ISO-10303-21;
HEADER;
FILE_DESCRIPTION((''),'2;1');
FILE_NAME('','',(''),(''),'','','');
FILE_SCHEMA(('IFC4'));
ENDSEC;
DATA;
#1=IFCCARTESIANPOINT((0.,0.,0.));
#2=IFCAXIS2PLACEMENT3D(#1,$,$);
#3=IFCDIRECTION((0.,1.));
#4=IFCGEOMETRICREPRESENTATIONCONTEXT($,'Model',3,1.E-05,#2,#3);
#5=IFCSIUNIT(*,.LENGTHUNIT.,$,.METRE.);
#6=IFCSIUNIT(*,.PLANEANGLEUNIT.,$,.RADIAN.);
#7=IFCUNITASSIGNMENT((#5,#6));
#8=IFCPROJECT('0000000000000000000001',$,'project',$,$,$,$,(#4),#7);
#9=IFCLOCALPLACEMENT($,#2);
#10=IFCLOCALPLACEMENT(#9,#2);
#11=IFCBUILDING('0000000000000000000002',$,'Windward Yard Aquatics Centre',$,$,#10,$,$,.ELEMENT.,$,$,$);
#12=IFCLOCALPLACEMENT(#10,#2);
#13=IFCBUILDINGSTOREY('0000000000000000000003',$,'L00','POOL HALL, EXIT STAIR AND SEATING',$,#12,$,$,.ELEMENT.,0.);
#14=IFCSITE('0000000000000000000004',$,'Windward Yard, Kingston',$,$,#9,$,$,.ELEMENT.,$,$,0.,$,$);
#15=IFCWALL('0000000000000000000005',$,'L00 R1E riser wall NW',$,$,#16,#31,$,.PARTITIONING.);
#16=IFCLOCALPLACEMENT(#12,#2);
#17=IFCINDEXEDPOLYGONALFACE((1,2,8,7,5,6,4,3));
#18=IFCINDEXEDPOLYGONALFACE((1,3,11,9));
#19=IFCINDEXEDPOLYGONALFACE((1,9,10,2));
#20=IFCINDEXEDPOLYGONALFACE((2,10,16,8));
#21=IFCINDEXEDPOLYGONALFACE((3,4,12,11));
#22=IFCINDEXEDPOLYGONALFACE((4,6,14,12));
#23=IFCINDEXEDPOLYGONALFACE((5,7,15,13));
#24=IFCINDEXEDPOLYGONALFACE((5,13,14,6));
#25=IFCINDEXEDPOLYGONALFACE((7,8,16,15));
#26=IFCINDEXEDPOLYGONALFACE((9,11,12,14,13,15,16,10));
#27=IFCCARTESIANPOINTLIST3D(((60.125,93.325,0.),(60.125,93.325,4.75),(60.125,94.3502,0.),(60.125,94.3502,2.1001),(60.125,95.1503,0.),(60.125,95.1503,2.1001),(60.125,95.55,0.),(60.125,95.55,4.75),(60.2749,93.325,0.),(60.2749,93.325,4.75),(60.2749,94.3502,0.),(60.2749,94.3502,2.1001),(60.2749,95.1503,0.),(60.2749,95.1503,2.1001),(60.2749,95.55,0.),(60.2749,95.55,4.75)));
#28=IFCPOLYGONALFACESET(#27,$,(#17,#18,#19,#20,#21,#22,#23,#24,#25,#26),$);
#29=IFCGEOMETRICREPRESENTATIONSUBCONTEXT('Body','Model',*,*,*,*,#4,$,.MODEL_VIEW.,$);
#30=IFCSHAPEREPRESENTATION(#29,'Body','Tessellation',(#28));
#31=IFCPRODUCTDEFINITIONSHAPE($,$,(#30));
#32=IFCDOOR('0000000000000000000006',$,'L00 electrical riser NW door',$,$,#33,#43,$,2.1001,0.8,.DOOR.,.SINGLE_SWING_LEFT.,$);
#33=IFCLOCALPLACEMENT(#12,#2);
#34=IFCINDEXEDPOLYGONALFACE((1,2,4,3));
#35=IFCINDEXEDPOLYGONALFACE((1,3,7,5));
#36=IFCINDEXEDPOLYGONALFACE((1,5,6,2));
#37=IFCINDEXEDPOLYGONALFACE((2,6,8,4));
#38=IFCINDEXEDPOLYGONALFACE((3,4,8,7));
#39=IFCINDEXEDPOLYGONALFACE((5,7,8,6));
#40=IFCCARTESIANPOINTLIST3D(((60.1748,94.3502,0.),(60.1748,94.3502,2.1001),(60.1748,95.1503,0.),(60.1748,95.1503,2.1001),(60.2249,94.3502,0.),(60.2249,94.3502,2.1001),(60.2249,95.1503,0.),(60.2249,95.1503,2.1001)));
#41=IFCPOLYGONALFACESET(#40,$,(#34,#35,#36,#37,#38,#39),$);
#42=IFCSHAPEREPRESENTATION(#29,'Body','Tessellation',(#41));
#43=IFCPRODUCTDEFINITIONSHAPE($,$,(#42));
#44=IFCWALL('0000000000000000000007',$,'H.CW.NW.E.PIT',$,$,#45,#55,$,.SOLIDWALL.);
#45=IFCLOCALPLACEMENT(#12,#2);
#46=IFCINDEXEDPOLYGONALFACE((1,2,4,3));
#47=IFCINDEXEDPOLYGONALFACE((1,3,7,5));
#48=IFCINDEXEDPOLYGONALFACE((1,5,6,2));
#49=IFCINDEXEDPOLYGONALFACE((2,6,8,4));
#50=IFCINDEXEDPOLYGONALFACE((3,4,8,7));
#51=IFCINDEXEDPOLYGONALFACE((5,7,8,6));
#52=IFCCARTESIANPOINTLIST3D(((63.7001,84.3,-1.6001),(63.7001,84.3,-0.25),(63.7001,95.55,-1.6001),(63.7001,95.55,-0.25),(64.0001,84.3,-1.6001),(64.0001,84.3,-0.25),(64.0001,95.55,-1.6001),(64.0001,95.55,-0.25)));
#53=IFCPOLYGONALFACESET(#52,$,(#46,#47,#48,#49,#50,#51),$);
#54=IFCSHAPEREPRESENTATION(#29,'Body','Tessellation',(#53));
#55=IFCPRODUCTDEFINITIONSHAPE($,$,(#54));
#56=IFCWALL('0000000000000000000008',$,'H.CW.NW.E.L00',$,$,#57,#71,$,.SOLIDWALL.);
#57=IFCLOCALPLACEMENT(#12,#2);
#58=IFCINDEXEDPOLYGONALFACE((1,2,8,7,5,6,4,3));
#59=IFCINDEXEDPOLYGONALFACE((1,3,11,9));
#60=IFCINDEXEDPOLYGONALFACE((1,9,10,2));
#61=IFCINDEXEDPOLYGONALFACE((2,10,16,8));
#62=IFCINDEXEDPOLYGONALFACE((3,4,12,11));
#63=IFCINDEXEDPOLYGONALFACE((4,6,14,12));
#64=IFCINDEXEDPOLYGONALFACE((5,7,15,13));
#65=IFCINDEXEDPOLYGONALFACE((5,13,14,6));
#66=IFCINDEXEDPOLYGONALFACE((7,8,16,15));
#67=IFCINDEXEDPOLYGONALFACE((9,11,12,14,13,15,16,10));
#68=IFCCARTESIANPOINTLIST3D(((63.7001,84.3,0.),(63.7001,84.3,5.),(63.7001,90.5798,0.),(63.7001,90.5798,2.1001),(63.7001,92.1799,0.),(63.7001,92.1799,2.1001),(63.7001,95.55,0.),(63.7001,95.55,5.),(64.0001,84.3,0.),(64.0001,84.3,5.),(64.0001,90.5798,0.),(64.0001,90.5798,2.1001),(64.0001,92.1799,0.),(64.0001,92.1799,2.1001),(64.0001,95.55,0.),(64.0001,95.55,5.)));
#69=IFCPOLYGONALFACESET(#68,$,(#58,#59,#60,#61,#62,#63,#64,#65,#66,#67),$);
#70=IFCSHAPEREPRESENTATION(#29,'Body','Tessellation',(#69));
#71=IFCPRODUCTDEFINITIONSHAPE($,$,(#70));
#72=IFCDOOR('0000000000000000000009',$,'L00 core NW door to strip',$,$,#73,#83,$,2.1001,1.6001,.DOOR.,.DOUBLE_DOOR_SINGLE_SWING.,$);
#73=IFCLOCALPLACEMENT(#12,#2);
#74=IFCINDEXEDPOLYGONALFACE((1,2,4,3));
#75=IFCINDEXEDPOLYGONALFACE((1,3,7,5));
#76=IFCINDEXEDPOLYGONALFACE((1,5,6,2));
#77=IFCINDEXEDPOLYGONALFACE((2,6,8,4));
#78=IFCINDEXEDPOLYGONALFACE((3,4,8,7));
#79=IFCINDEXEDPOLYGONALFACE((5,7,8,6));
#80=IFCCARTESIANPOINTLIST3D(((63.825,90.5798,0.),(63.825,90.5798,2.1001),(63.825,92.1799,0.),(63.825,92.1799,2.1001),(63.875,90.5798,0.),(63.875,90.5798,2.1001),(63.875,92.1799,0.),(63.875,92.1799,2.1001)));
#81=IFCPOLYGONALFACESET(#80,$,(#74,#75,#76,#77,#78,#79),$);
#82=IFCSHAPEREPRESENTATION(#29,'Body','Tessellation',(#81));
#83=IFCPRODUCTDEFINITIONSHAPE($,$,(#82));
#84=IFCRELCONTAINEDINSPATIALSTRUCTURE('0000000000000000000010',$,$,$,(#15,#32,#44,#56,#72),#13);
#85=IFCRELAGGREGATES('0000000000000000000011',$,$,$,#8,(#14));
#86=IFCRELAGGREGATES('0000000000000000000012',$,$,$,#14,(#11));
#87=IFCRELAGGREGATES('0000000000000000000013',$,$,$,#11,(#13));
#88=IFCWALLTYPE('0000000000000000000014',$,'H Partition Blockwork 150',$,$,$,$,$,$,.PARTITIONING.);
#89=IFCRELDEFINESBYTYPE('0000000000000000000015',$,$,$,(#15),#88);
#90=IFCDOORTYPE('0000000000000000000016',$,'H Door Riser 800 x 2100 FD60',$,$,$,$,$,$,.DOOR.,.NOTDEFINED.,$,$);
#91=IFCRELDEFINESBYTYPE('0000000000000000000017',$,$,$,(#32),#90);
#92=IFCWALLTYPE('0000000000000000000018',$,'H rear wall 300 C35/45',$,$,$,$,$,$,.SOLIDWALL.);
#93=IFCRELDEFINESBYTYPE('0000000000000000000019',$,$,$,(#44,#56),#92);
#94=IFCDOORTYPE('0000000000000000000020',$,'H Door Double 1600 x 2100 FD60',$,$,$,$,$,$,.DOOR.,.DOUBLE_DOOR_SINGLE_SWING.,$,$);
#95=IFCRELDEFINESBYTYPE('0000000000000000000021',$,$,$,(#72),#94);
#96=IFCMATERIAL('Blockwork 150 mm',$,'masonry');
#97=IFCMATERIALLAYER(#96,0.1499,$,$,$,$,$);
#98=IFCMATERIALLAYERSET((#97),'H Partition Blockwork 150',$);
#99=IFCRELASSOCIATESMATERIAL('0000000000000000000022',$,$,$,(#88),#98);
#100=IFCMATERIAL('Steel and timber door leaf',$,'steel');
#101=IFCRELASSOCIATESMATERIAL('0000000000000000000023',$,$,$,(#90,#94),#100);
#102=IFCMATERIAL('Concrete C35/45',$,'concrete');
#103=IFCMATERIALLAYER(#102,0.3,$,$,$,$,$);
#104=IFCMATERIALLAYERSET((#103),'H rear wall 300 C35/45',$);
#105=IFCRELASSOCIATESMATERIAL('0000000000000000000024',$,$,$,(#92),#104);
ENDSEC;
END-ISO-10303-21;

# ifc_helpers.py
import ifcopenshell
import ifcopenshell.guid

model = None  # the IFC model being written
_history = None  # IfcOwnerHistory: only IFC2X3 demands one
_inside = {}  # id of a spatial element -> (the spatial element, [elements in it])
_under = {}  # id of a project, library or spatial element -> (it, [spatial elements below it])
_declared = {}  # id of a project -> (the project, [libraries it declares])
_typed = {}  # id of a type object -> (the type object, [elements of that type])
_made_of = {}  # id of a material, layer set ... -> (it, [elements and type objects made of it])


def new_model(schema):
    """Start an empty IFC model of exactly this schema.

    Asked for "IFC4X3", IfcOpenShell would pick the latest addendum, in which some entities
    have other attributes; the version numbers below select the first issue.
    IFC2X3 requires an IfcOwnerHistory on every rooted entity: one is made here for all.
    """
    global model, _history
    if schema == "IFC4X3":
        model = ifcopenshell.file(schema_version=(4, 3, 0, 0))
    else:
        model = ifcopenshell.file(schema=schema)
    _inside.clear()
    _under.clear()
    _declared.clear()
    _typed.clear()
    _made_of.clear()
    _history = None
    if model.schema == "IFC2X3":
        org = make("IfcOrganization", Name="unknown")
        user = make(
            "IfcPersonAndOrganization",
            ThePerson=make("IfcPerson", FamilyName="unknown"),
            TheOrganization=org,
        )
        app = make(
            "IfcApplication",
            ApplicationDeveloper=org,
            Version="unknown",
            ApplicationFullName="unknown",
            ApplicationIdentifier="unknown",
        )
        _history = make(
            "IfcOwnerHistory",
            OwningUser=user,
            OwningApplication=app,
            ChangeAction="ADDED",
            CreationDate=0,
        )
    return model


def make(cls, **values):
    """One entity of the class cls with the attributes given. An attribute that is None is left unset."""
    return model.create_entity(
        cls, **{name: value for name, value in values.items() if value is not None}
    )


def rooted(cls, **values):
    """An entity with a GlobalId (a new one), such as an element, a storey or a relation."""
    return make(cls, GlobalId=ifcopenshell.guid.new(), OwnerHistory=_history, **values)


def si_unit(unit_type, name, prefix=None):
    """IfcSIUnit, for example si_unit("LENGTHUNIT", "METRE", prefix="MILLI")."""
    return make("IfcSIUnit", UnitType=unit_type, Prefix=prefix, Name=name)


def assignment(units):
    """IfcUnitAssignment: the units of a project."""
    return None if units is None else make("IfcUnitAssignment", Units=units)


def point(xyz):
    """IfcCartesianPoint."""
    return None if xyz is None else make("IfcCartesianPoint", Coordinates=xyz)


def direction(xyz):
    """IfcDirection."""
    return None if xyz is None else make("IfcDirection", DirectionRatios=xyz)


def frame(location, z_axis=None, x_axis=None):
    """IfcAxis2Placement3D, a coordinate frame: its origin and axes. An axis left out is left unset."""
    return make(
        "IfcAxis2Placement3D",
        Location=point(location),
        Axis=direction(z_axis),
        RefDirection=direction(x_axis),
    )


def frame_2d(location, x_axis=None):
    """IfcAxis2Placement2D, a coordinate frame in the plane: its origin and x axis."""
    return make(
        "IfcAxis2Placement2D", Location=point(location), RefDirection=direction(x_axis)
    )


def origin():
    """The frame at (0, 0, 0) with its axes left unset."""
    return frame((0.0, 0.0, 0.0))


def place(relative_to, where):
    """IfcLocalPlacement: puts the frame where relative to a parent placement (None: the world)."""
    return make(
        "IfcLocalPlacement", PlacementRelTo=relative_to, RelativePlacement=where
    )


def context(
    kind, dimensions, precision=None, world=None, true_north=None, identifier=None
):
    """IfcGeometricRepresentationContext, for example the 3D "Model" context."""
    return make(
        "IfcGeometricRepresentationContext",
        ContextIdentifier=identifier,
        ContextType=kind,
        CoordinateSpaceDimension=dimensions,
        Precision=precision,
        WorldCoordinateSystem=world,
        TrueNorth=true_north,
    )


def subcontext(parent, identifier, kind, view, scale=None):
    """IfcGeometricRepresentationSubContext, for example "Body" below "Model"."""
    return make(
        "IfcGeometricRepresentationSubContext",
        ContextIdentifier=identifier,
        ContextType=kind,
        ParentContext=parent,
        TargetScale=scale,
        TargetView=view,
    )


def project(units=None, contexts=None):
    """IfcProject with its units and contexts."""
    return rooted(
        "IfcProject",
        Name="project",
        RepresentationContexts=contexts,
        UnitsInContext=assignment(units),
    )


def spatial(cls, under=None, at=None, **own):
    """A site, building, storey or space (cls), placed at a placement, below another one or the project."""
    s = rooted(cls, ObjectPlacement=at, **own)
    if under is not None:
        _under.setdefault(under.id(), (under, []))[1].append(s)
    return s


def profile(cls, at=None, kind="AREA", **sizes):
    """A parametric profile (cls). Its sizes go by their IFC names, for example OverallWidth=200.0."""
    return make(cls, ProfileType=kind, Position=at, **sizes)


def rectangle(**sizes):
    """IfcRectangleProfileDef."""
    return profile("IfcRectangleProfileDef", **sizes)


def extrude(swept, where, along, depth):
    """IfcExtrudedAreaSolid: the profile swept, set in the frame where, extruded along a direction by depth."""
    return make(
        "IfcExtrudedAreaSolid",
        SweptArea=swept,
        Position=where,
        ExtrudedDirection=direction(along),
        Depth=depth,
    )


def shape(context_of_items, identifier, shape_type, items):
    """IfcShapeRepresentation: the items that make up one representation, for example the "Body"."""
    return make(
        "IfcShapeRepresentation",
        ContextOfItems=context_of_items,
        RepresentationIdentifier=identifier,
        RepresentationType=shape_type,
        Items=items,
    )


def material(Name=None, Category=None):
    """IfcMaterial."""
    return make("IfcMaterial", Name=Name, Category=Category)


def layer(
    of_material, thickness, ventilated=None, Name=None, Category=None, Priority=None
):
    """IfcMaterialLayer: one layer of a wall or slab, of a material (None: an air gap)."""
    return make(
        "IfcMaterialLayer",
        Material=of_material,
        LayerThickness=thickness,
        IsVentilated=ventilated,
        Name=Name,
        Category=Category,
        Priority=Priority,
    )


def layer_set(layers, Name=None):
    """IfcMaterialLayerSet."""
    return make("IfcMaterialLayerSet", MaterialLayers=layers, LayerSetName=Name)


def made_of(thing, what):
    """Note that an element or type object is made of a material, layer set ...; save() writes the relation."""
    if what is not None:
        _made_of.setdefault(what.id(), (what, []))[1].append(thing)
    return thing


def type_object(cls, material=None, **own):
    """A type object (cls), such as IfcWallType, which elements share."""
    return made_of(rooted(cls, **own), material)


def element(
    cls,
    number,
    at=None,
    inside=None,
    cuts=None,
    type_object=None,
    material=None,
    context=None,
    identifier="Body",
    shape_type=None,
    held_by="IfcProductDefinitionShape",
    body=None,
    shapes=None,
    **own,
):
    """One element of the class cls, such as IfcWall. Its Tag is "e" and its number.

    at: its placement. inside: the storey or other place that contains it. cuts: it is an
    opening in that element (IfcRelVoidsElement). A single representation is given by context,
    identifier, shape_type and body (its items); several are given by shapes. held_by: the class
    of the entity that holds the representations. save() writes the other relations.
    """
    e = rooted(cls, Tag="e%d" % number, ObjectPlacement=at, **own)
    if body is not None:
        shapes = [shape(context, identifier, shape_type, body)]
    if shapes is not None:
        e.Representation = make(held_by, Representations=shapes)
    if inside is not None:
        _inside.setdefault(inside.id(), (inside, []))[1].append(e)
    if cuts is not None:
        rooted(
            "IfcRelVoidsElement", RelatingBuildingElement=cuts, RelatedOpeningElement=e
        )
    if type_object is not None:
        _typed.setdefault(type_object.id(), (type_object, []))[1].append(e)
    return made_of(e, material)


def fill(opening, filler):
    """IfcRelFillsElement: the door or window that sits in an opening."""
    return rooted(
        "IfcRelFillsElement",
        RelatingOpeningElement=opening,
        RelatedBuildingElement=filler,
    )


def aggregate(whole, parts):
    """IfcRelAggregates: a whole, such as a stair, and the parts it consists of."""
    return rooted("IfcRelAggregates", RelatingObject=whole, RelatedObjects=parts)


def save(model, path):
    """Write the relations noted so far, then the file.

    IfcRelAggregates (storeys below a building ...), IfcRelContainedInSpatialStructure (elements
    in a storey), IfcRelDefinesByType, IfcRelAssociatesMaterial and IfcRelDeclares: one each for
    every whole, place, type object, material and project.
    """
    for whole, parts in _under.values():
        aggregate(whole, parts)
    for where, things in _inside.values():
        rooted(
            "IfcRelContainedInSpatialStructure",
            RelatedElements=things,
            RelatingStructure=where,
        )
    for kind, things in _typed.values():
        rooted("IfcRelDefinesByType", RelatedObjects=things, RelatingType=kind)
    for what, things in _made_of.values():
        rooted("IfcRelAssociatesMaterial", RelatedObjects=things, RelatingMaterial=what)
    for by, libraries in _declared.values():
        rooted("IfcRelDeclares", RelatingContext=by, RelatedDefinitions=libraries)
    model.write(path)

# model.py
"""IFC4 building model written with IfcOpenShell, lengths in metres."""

from ifc_helpers import new_model, si_unit, direction, frame, frame_2d, origin, place, context, subcontext, project, spatial, rectangle, extrude, material, layer, layer_set, type_object, element, fill, save


model = new_model("IFC4")

# Units and contexts
model_context = context("Model", 3, precision=1e-05, world=origin(), true_north=direction((0.0, 1.0)))
body_context = subcontext(model_context, "Body", "Model", "MODEL_VIEW")
ifc_project = project(units=[si_unit("LENGTHUNIT", "METRE"), si_unit("PLANEANGLEUNIT", "RADIAN")], contexts=[model_context])

# Site, building, storey
site_placement = place(None, origin())
site = spatial("IfcSite", under=ifc_project, at=site_placement, Name="Windward Yard, Kingston", CompositionType="ELEMENT", RefElevation=0.0)
building_placement = place(site_placement, origin())
building = spatial("IfcBuilding", under=site, at=building_placement, Name="Windward Yard Aquatics Centre", CompositionType="ELEMENT")
storey_placement = place(building_placement, origin())
storey = spatial("IfcBuildingStorey", under=building, at=storey_placement, Name="L00", Description="POOL HALL, EXIT STAIR AND SEATING", CompositionType="ELEMENT", Elevation=0.0)

# Shared definitions
ifc_material_1 = material(Name="Concrete C35/45", Category="concrete")

# Wall, opening, door
ifc_material_2 = material(Name="Blockwork 150 mm", Category="masonry")
ifc_layer_1 = layer(ifc_material_2, 0.1499)
ifc_layer_set_1 = layer_set([ifc_layer_1], Name="H Partition Blockwork 150")
wall_type_1 = type_object("IfcWallType", Name="H Partition Blockwork 150", PredefinedType="PARTITIONING", material=ifc_layer_set_1)
wall_1_placement = place(storey_placement, frame((60.2, 95.55, 0.0), z_axis=(0.0, 0.0, 1.0), x_axis=(0.0, -1.0, 0.0)))
wall_1 = element("IfcWall", 1, at=wall_1_placement, inside=storey, type_object=wall_type_1, Name="L00 R1E riser wall NW", PredefinedType="PARTITIONING", context=body_context, shape_type="SweptSolid", body=[
    extrude(rectangle(XDim=2.2251, YDim=0.1499, at=frame_2d((1.1125, 0.0))), origin(), (0.0, 0.0, 1.0), 4.75),
])
opening_1_placement = place(wall_1_placement, frame((0.3999, 0.0, 0.0)))
opening_1 = element("IfcOpeningElement", 2, at=opening_1_placement, cuts=wall_1, PredefinedType="OPENING", context=body_context, shape_type="SweptSolid", body=[
    extrude(rectangle(XDim=0.8, YDim=2.1001, at=frame_2d((0.3999, 1.05))), frame((0.0, 0.085, 0.0), z_axis=(0.0, -1.0, 0.0), x_axis=(1.0, 0.0, 0.0)), (0.0, 0.0, 1.0), 0.1699),
])
ifc_material_3 = material(Name="Steel and timber door leaf", Category="steel")
door_type_1 = type_object("IfcDoorType", Name="H Door Riser 800 x 2100 FD60", OperationType="NOTDEFINED", PredefinedType="DOOR", material=ifc_material_3)
door_1_placement = place(opening_1_placement, origin())
door_1 = element("IfcDoor", 3, at=door_1_placement, inside=storey, type_object=door_type_1, Name="L00 electrical riser NW door", OperationType="SINGLE_SWING_LEFT", OverallHeight=2.1001, OverallWidth=0.8, PredefinedType="DOOR", context=body_context, shape_type="SweptSolid", body=[
    extrude(rectangle(XDim=0.8, YDim=2.1001, at=frame_2d((0.3999, 1.05))), frame((0.0, 0.0249, 0.0), z_axis=(0.0, -1.0, 0.0), x_axis=(1.0, 0.0, 0.0)), (0.0, 0.0, 1.0), 0.05),
])
fill(opening_1, door_1)

# Wall
ifc_layer_2 = layer(ifc_material_1, 0.3)
ifc_layer_set_2 = layer_set([ifc_layer_2], Name="H rear wall 300 C35/45")
wall_type_2 = type_object("IfcWallType", Name="H rear wall 300 C35/45", PredefinedType="SOLIDWALL", material=ifc_layer_set_2)
wall_2_placement = place(storey_placement, frame((63.8501, 95.55, -1.6001), z_axis=(0.0, 0.0, 1.0), x_axis=(0.0, -1.0, 0.0)))
element("IfcWall", 4, at=wall_2_placement, inside=storey, type_object=wall_type_2, Name="H.CW.NW.E.PIT", PredefinedType="SOLIDWALL", context=body_context, shape_type="SweptSolid", body=[
    extrude(rectangle(XDim=11.25, YDim=0.3, at=frame_2d((5.625, 0.0))), origin(), (0.0, 0.0, 1.0), 1.3501),
])

# Wall, opening, door
wall_3_placement = place(storey_placement, frame((63.8501, 95.55, 0.0), z_axis=(0.0, 0.0, 1.0), x_axis=(0.0, -1.0, 0.0)))
wall_3 = element("IfcWall", 5, at=wall_3_placement, inside=storey, type_object=wall_type_2, Name="H.CW.NW.E.L00", PredefinedType="SOLIDWALL", context=body_context, shape_type="SweptSolid", body=[
    extrude(rectangle(XDim=11.25, YDim=0.3, at=frame_2d((5.625, 0.0))), origin(), (0.0, 0.0, 1.0), 5.0),
])
opening_2_placement = place(wall_3_placement, frame((3.3701, 0.0, 0.0)))
opening_2 = element("IfcOpeningElement", 6, at=opening_2_placement, cuts=wall_3, PredefinedType="OPENING", context=body_context, shape_type="SweptSolid", body=[
    extrude(rectangle(XDim=1.6001, YDim=2.1001, at=frame_2d((0.8, 1.05))), frame((0.0, 0.1602, 0.0), z_axis=(0.0, -1.0, 0.0), x_axis=(1.0, 0.0, 0.0)), (0.0, 0.0, 1.0), 0.3201),
])
door_type_2 = type_object("IfcDoorType", Name="H Door Double 1600 x 2100 FD60", OperationType="DOUBLE_DOOR_SINGLE_SWING", PredefinedType="DOOR", material=ifc_material_3)
door_2_placement = place(opening_2_placement, origin())
door_2 = element("IfcDoor", 7, at=door_2_placement, inside=storey, type_object=door_type_2, Name="L00 core NW door to strip", OperationType="DOUBLE_DOOR_SINGLE_SWING", OverallHeight=2.1001, OverallWidth=1.6001, PredefinedType="DOOR", context=body_context, shape_type="SweptSolid", body=[
    extrude(rectangle(XDim=1.6001, YDim=2.1001, at=frame_2d((0.8, 1.05))), frame((0.0, 0.0249, 0.0), z_axis=(0.0, -1.0, 0.0), x_axis=(1.0, 0.0, 0.0)), (0.0, 0.0, 1.0), 0.05),
])
fill(opening_2, door_2)

save(model, "model.ifc")
